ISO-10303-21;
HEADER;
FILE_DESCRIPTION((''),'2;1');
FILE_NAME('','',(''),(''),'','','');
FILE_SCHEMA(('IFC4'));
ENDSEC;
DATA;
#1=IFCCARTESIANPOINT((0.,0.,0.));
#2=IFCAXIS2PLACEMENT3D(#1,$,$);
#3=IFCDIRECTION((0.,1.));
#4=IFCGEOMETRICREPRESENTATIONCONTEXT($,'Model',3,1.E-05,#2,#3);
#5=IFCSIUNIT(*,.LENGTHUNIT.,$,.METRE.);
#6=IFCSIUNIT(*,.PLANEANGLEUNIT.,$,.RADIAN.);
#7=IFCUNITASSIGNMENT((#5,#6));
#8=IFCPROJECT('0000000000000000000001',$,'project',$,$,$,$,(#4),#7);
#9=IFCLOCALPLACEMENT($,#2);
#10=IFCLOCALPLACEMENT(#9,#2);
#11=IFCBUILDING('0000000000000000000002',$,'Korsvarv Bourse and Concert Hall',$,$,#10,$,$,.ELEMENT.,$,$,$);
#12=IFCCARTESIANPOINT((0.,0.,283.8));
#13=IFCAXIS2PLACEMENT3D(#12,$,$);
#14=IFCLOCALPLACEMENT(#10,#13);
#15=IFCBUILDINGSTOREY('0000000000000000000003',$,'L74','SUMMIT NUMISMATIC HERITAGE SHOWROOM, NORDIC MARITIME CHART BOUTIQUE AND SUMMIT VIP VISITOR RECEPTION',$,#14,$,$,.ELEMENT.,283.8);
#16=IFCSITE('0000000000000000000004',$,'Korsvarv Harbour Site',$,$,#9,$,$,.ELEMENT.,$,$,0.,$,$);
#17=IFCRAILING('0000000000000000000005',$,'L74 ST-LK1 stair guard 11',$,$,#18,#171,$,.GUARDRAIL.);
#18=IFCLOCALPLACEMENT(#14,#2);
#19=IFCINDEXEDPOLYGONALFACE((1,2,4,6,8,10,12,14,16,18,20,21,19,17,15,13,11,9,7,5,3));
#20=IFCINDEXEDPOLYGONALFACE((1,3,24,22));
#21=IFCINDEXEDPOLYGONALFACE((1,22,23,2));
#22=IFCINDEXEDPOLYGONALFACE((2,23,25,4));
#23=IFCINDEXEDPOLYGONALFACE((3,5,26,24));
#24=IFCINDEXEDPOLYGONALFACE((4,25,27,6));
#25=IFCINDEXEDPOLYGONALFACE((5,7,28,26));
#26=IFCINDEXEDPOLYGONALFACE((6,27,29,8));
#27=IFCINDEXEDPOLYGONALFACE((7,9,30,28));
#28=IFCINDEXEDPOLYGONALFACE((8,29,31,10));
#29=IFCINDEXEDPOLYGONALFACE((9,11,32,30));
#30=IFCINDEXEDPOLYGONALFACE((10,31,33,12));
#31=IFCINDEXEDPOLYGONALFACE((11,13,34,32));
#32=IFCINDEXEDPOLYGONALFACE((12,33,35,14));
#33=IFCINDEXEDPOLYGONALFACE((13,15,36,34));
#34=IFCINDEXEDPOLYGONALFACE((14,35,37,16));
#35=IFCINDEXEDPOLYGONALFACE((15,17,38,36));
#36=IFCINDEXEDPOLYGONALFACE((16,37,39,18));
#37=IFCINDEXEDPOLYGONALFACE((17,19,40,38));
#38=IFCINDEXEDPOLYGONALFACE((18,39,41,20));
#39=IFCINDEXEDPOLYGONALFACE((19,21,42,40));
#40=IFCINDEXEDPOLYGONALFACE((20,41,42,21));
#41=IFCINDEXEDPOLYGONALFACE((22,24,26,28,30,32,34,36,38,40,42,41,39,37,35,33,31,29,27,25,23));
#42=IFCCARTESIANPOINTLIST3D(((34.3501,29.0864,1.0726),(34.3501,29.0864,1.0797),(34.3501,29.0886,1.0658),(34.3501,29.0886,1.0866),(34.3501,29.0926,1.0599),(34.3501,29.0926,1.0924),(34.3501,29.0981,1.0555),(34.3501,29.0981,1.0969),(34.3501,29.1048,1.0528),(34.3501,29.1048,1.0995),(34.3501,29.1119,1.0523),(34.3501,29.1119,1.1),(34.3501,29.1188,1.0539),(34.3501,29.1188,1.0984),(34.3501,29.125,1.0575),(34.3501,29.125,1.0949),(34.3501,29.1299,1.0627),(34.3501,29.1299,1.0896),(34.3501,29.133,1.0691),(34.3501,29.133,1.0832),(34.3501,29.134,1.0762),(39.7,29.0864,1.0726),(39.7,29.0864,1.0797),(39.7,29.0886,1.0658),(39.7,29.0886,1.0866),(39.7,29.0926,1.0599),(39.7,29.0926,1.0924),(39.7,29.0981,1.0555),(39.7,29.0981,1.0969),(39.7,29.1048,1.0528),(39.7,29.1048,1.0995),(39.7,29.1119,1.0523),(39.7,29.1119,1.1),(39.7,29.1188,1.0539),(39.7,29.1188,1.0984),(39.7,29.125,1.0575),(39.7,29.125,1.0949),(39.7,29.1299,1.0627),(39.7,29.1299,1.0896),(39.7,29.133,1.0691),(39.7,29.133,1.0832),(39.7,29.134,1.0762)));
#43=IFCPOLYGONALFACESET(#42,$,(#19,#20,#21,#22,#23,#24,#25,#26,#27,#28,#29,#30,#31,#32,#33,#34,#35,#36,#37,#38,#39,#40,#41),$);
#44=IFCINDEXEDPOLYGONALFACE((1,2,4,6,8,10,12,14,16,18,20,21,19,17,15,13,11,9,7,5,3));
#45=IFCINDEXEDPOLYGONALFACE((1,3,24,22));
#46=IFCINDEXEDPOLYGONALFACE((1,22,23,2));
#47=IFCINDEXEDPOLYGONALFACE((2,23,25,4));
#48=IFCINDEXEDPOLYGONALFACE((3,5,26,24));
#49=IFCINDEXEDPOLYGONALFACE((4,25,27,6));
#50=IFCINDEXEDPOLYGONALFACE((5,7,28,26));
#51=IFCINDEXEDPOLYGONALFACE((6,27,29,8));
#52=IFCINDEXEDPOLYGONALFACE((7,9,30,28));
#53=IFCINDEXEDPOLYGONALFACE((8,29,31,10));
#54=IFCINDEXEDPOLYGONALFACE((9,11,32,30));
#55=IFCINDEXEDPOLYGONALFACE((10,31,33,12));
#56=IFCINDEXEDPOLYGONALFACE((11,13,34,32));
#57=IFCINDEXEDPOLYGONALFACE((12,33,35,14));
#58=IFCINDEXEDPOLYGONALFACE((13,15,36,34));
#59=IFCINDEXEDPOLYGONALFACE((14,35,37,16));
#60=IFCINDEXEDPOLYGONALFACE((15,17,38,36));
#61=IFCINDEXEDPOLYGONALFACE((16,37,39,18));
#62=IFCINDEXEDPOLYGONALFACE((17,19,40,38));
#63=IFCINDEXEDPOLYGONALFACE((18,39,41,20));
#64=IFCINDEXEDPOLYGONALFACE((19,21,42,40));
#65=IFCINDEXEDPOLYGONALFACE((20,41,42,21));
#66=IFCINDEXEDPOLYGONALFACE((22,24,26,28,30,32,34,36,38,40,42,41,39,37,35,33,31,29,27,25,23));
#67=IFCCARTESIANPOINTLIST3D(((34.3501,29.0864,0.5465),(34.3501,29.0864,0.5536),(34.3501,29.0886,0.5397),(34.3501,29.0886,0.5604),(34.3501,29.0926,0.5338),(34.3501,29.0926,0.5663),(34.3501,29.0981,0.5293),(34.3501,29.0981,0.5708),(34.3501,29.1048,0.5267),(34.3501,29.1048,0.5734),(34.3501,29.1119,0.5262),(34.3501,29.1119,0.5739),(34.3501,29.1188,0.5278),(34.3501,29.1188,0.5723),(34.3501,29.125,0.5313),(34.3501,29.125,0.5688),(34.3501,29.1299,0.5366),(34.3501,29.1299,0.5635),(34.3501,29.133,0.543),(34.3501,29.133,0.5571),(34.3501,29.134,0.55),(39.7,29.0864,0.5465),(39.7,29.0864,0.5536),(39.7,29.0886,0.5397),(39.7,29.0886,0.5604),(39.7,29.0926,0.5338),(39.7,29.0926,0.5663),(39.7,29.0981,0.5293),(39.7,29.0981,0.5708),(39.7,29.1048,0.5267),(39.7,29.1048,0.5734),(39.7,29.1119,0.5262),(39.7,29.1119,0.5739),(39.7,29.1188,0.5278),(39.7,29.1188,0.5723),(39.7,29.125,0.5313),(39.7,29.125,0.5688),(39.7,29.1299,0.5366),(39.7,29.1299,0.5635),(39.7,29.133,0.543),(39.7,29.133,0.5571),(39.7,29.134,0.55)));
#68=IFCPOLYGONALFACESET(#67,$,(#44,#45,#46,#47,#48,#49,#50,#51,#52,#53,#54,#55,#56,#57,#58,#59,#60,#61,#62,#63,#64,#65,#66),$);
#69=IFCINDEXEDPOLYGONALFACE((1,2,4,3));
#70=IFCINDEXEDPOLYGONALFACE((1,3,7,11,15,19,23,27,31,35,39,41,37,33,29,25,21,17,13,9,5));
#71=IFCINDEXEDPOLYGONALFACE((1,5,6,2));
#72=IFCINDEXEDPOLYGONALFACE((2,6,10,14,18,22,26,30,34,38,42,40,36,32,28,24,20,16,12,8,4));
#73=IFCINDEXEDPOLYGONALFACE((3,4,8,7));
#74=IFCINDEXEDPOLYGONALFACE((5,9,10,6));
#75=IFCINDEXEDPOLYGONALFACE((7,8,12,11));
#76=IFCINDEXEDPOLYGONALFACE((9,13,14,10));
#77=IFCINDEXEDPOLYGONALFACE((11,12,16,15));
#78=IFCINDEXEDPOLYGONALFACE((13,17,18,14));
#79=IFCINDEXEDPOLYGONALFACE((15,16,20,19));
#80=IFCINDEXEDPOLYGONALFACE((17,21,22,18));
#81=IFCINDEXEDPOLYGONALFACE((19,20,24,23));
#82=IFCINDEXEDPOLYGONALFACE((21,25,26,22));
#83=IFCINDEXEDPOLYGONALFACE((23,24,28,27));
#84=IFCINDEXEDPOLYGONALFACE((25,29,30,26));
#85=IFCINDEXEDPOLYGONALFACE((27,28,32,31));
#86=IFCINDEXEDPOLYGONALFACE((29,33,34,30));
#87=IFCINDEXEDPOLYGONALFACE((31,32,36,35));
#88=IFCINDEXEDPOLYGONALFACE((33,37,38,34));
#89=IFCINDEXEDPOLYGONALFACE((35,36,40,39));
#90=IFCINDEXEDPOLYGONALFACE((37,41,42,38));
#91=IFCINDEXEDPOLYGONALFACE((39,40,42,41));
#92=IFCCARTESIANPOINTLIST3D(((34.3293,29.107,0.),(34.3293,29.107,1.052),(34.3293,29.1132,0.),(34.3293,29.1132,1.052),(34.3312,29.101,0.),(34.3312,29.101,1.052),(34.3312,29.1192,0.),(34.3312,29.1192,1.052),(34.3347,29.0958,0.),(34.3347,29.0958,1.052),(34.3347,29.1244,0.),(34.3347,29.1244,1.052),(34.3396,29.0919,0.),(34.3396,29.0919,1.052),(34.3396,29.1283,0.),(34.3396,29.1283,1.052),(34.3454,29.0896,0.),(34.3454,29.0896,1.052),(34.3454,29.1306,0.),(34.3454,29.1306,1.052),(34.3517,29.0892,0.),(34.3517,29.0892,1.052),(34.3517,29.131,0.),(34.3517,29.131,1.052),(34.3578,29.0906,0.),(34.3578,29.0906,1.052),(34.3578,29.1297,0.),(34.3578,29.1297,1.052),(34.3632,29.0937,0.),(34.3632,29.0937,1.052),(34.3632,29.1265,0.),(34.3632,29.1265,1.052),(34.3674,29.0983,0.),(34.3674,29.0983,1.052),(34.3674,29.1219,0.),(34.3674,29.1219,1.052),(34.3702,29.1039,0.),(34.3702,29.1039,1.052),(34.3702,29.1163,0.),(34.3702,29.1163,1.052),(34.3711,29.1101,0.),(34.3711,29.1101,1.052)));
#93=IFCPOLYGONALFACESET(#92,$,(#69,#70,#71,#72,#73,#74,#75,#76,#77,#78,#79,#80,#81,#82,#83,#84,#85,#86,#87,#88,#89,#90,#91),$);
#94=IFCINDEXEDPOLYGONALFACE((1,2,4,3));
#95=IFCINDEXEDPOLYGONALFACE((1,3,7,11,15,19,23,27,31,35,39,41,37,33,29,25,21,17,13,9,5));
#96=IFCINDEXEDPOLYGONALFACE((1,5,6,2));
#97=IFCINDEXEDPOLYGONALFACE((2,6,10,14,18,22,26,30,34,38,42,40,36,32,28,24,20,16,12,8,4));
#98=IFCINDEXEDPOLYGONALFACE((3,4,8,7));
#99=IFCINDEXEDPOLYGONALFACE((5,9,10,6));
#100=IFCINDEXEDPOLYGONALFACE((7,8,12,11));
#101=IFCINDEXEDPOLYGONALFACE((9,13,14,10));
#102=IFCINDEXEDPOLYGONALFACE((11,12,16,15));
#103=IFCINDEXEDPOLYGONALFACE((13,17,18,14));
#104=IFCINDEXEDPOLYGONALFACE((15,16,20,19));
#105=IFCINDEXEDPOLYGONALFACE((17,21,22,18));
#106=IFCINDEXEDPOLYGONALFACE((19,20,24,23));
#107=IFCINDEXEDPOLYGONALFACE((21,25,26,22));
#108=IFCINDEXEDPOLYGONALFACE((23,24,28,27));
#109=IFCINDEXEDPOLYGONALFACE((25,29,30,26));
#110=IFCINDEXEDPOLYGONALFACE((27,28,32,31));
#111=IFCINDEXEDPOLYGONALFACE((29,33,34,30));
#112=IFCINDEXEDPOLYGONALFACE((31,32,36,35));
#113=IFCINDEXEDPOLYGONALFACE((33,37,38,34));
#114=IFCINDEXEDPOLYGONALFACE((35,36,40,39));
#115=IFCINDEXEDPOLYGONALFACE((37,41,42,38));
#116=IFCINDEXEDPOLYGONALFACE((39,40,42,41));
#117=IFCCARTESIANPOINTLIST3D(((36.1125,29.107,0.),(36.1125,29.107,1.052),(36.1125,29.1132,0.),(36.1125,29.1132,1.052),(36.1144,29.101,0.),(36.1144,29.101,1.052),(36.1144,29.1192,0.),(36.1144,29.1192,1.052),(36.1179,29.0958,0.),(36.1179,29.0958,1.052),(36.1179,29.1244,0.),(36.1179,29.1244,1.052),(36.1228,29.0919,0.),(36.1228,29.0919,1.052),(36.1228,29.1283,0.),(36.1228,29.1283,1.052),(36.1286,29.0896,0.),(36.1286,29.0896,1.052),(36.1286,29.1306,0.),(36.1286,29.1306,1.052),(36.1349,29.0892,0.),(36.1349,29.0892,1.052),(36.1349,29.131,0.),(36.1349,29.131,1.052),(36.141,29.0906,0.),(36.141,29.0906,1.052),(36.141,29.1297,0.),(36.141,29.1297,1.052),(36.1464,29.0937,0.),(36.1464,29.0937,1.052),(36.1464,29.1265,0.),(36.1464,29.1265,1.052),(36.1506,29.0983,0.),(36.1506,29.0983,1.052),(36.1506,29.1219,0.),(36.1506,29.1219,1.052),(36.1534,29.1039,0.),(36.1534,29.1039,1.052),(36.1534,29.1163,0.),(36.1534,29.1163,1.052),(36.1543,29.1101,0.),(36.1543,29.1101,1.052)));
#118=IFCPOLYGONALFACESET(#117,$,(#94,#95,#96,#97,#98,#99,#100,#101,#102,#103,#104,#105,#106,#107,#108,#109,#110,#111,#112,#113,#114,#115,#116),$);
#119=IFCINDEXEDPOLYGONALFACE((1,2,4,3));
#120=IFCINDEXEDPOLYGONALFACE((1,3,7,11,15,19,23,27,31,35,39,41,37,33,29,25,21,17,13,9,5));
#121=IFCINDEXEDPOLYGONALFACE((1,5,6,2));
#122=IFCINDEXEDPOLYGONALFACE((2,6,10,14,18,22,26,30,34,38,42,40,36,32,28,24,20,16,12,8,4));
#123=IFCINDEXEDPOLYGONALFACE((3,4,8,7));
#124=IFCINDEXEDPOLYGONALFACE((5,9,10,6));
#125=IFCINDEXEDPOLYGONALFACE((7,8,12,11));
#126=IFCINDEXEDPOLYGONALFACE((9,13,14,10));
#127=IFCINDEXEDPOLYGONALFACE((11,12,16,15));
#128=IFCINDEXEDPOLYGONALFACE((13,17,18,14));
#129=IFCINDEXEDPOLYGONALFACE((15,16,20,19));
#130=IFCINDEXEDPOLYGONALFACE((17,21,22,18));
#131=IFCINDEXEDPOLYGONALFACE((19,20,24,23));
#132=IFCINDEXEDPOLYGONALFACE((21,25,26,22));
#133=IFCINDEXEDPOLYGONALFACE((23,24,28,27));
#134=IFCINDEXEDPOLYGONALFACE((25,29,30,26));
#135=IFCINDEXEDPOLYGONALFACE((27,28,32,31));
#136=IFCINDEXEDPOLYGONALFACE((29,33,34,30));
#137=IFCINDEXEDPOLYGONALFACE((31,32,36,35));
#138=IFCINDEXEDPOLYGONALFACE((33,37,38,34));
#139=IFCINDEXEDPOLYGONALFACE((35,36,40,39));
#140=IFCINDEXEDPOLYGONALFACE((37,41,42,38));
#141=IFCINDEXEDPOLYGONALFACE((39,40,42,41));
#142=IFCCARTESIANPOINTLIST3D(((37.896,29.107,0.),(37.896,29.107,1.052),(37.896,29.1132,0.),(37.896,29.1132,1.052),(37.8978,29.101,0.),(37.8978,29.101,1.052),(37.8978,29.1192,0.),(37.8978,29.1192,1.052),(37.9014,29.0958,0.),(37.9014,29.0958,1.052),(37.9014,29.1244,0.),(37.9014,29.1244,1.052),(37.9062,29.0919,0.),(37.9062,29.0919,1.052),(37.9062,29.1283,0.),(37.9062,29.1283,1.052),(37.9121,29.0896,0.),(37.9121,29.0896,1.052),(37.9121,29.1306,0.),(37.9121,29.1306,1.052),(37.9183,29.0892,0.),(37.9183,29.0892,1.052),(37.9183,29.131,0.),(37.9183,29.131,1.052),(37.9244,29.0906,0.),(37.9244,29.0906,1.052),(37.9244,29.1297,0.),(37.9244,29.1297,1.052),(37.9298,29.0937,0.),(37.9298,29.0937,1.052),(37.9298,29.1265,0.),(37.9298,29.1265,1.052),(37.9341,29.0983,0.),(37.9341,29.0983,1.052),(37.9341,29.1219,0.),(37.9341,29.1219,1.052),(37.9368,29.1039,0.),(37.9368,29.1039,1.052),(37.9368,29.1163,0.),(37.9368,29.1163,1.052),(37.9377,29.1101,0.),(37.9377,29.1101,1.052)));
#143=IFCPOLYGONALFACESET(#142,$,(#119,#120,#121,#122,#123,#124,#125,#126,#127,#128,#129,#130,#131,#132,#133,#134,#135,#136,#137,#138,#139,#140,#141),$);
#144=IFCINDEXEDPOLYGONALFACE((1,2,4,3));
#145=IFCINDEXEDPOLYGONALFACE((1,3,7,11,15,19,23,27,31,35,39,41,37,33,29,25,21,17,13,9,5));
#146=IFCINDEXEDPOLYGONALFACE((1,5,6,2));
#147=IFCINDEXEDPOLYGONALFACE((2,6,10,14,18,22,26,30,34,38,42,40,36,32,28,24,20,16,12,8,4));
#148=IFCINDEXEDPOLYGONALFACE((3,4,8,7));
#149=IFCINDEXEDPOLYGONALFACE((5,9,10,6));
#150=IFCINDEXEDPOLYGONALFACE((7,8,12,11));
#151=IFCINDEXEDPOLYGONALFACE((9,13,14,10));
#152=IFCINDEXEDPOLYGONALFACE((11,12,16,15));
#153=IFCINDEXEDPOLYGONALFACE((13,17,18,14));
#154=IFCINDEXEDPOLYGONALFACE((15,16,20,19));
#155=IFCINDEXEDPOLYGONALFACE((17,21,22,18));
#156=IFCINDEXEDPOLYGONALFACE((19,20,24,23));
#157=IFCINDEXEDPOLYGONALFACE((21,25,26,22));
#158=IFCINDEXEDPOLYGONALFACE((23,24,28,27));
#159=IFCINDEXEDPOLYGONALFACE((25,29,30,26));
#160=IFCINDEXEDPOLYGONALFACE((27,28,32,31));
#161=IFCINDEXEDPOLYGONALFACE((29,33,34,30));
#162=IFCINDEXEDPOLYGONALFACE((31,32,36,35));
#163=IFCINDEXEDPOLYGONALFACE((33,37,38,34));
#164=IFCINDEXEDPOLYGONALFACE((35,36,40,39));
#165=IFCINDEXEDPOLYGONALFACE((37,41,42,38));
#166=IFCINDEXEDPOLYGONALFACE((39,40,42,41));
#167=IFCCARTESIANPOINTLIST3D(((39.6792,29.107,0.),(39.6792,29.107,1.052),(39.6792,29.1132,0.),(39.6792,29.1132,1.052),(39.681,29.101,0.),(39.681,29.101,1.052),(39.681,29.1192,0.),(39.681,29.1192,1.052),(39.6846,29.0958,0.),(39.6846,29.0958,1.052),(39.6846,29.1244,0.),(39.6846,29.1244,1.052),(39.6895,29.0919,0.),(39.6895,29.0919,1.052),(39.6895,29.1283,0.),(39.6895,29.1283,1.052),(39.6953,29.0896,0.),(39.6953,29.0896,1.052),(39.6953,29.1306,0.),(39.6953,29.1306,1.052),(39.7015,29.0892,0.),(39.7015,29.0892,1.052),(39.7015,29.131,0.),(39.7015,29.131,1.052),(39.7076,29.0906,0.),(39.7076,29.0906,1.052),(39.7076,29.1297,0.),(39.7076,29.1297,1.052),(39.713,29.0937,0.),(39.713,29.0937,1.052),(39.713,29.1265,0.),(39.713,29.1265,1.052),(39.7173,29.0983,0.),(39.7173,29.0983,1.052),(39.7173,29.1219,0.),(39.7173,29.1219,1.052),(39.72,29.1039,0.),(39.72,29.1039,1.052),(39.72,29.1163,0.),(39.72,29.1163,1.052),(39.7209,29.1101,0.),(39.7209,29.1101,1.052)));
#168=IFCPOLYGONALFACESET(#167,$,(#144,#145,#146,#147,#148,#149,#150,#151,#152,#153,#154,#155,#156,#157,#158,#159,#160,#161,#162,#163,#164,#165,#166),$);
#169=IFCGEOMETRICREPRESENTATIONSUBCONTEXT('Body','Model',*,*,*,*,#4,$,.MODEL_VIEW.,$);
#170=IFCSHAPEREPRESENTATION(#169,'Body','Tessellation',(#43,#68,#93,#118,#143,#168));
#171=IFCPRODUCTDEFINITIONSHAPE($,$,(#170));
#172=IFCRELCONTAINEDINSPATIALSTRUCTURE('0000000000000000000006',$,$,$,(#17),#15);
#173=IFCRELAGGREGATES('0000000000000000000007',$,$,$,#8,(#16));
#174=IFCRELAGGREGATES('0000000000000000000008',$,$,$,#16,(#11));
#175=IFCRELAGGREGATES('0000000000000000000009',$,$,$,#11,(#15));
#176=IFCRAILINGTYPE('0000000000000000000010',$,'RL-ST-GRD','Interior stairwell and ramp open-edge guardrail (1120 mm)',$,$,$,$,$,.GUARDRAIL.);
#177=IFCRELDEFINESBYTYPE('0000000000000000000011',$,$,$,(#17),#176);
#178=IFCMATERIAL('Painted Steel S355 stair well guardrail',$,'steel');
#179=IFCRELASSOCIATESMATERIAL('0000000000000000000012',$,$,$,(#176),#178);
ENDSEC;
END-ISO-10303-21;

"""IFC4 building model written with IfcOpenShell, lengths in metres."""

from ifc_helpers import new_model, si_unit, direction, frame, origin, origin_2d, place, context, subcontext, project, spatial, circle, extrude, material, type_object, element, save


model = new_model("IFC4")

# Units and contexts
model_context = context("Model", 3, precision=1e-05, world=origin(), true_north=direction((0.0, 1.0)))
body_context = subcontext(model_context, "Body", "Model", "MODEL_VIEW")
ifc_project = project(units=[si_unit("LENGTHUNIT", "METRE"), si_unit("PLANEANGLEUNIT", "RADIAN")], contexts=[model_context])

# Site, building, storey
site_placement = place(None, origin())
site = spatial("IfcSite", under=ifc_project, at=site_placement, Name="Korsvarv Harbour Site", CompositionType="ELEMENT", RefElevation=0.0)
building_placement = place(site_placement, origin())
building = spatial("IfcBuilding", under=site, at=building_placement, Name="Korsvarv Bourse and Concert Hall", CompositionType="ELEMENT")
storey_placement = place(building_placement, frame((0.0, 0.0, 283.8)))
storey = spatial("IfcBuildingStorey", under=building, at=storey_placement, Name="L74", Description="SUMMIT NUMISMATIC HERITAGE SHOWROOM, NORDIC MARITIME CHART BOUTIQUE AND SUMMIT VIP VISITOR RECEPTION", CompositionType="ELEMENT", Elevation=283.8)

# Railing
ifc_material_1 = material(Name="Painted Steel S355 stair well guardrail", Category="steel")
railing_type_1 = type_object("IfcRailingType", Name="RL-ST-GRD", Description="Interior stairwell and ramp open-edge guardrail (1120 mm)", PredefinedType="GUARDRAIL", material=ifc_material_1)
for number, where, name in (
    (1, (34.3501, 29.1101, 0.0), "L74 ST-LK1 stair guard 11"),
):
    element("IfcRailing", number, at=place(storey_placement, frame(where)), inside=storey, type_object=railing_type_1, Name=name, PredefinedType="GUARDRAIL", context=body_context, shape_type="SweptSolid", body=[
        extrude(circle(Radius=0.0239, at=origin_2d()), frame((0.0, 0.0, 1.0762), z_axis=(1.0, 0.0, 0.0), x_axis=(0.0, 1.0, 0.0)), (0.0, 0.0, 1.0), 5.3499),
        extrude(circle(Radius=0.0239, at=origin_2d()), frame((0.0, 0.0, 0.55), z_axis=(1.0, 0.0, 0.0), x_axis=(0.0, 1.0, 0.0)), (0.0, 0.0, 1.0), 5.3499),
        extrude(circle(Radius=0.021, at=origin_2d()), origin(), (0.0, 0.0, 1.0), 1.052),
        extrude(circle(Radius=0.021, at=origin_2d()), frame((1.7832, 0.0, 0.0)), (0.0, 0.0, 1.0), 1.052),
        extrude(circle(Radius=0.021, at=origin_2d()), frame((3.5667, 0.0, 0.0)), (0.0, 0.0, 1.0), 1.052),
        extrude(circle(Radius=0.021, at=origin_2d()), frame((5.3499, 0.0, 0.0)), (0.0, 0.0, 1.0), 1.052),
    ])

save(model, "model.ifc")
